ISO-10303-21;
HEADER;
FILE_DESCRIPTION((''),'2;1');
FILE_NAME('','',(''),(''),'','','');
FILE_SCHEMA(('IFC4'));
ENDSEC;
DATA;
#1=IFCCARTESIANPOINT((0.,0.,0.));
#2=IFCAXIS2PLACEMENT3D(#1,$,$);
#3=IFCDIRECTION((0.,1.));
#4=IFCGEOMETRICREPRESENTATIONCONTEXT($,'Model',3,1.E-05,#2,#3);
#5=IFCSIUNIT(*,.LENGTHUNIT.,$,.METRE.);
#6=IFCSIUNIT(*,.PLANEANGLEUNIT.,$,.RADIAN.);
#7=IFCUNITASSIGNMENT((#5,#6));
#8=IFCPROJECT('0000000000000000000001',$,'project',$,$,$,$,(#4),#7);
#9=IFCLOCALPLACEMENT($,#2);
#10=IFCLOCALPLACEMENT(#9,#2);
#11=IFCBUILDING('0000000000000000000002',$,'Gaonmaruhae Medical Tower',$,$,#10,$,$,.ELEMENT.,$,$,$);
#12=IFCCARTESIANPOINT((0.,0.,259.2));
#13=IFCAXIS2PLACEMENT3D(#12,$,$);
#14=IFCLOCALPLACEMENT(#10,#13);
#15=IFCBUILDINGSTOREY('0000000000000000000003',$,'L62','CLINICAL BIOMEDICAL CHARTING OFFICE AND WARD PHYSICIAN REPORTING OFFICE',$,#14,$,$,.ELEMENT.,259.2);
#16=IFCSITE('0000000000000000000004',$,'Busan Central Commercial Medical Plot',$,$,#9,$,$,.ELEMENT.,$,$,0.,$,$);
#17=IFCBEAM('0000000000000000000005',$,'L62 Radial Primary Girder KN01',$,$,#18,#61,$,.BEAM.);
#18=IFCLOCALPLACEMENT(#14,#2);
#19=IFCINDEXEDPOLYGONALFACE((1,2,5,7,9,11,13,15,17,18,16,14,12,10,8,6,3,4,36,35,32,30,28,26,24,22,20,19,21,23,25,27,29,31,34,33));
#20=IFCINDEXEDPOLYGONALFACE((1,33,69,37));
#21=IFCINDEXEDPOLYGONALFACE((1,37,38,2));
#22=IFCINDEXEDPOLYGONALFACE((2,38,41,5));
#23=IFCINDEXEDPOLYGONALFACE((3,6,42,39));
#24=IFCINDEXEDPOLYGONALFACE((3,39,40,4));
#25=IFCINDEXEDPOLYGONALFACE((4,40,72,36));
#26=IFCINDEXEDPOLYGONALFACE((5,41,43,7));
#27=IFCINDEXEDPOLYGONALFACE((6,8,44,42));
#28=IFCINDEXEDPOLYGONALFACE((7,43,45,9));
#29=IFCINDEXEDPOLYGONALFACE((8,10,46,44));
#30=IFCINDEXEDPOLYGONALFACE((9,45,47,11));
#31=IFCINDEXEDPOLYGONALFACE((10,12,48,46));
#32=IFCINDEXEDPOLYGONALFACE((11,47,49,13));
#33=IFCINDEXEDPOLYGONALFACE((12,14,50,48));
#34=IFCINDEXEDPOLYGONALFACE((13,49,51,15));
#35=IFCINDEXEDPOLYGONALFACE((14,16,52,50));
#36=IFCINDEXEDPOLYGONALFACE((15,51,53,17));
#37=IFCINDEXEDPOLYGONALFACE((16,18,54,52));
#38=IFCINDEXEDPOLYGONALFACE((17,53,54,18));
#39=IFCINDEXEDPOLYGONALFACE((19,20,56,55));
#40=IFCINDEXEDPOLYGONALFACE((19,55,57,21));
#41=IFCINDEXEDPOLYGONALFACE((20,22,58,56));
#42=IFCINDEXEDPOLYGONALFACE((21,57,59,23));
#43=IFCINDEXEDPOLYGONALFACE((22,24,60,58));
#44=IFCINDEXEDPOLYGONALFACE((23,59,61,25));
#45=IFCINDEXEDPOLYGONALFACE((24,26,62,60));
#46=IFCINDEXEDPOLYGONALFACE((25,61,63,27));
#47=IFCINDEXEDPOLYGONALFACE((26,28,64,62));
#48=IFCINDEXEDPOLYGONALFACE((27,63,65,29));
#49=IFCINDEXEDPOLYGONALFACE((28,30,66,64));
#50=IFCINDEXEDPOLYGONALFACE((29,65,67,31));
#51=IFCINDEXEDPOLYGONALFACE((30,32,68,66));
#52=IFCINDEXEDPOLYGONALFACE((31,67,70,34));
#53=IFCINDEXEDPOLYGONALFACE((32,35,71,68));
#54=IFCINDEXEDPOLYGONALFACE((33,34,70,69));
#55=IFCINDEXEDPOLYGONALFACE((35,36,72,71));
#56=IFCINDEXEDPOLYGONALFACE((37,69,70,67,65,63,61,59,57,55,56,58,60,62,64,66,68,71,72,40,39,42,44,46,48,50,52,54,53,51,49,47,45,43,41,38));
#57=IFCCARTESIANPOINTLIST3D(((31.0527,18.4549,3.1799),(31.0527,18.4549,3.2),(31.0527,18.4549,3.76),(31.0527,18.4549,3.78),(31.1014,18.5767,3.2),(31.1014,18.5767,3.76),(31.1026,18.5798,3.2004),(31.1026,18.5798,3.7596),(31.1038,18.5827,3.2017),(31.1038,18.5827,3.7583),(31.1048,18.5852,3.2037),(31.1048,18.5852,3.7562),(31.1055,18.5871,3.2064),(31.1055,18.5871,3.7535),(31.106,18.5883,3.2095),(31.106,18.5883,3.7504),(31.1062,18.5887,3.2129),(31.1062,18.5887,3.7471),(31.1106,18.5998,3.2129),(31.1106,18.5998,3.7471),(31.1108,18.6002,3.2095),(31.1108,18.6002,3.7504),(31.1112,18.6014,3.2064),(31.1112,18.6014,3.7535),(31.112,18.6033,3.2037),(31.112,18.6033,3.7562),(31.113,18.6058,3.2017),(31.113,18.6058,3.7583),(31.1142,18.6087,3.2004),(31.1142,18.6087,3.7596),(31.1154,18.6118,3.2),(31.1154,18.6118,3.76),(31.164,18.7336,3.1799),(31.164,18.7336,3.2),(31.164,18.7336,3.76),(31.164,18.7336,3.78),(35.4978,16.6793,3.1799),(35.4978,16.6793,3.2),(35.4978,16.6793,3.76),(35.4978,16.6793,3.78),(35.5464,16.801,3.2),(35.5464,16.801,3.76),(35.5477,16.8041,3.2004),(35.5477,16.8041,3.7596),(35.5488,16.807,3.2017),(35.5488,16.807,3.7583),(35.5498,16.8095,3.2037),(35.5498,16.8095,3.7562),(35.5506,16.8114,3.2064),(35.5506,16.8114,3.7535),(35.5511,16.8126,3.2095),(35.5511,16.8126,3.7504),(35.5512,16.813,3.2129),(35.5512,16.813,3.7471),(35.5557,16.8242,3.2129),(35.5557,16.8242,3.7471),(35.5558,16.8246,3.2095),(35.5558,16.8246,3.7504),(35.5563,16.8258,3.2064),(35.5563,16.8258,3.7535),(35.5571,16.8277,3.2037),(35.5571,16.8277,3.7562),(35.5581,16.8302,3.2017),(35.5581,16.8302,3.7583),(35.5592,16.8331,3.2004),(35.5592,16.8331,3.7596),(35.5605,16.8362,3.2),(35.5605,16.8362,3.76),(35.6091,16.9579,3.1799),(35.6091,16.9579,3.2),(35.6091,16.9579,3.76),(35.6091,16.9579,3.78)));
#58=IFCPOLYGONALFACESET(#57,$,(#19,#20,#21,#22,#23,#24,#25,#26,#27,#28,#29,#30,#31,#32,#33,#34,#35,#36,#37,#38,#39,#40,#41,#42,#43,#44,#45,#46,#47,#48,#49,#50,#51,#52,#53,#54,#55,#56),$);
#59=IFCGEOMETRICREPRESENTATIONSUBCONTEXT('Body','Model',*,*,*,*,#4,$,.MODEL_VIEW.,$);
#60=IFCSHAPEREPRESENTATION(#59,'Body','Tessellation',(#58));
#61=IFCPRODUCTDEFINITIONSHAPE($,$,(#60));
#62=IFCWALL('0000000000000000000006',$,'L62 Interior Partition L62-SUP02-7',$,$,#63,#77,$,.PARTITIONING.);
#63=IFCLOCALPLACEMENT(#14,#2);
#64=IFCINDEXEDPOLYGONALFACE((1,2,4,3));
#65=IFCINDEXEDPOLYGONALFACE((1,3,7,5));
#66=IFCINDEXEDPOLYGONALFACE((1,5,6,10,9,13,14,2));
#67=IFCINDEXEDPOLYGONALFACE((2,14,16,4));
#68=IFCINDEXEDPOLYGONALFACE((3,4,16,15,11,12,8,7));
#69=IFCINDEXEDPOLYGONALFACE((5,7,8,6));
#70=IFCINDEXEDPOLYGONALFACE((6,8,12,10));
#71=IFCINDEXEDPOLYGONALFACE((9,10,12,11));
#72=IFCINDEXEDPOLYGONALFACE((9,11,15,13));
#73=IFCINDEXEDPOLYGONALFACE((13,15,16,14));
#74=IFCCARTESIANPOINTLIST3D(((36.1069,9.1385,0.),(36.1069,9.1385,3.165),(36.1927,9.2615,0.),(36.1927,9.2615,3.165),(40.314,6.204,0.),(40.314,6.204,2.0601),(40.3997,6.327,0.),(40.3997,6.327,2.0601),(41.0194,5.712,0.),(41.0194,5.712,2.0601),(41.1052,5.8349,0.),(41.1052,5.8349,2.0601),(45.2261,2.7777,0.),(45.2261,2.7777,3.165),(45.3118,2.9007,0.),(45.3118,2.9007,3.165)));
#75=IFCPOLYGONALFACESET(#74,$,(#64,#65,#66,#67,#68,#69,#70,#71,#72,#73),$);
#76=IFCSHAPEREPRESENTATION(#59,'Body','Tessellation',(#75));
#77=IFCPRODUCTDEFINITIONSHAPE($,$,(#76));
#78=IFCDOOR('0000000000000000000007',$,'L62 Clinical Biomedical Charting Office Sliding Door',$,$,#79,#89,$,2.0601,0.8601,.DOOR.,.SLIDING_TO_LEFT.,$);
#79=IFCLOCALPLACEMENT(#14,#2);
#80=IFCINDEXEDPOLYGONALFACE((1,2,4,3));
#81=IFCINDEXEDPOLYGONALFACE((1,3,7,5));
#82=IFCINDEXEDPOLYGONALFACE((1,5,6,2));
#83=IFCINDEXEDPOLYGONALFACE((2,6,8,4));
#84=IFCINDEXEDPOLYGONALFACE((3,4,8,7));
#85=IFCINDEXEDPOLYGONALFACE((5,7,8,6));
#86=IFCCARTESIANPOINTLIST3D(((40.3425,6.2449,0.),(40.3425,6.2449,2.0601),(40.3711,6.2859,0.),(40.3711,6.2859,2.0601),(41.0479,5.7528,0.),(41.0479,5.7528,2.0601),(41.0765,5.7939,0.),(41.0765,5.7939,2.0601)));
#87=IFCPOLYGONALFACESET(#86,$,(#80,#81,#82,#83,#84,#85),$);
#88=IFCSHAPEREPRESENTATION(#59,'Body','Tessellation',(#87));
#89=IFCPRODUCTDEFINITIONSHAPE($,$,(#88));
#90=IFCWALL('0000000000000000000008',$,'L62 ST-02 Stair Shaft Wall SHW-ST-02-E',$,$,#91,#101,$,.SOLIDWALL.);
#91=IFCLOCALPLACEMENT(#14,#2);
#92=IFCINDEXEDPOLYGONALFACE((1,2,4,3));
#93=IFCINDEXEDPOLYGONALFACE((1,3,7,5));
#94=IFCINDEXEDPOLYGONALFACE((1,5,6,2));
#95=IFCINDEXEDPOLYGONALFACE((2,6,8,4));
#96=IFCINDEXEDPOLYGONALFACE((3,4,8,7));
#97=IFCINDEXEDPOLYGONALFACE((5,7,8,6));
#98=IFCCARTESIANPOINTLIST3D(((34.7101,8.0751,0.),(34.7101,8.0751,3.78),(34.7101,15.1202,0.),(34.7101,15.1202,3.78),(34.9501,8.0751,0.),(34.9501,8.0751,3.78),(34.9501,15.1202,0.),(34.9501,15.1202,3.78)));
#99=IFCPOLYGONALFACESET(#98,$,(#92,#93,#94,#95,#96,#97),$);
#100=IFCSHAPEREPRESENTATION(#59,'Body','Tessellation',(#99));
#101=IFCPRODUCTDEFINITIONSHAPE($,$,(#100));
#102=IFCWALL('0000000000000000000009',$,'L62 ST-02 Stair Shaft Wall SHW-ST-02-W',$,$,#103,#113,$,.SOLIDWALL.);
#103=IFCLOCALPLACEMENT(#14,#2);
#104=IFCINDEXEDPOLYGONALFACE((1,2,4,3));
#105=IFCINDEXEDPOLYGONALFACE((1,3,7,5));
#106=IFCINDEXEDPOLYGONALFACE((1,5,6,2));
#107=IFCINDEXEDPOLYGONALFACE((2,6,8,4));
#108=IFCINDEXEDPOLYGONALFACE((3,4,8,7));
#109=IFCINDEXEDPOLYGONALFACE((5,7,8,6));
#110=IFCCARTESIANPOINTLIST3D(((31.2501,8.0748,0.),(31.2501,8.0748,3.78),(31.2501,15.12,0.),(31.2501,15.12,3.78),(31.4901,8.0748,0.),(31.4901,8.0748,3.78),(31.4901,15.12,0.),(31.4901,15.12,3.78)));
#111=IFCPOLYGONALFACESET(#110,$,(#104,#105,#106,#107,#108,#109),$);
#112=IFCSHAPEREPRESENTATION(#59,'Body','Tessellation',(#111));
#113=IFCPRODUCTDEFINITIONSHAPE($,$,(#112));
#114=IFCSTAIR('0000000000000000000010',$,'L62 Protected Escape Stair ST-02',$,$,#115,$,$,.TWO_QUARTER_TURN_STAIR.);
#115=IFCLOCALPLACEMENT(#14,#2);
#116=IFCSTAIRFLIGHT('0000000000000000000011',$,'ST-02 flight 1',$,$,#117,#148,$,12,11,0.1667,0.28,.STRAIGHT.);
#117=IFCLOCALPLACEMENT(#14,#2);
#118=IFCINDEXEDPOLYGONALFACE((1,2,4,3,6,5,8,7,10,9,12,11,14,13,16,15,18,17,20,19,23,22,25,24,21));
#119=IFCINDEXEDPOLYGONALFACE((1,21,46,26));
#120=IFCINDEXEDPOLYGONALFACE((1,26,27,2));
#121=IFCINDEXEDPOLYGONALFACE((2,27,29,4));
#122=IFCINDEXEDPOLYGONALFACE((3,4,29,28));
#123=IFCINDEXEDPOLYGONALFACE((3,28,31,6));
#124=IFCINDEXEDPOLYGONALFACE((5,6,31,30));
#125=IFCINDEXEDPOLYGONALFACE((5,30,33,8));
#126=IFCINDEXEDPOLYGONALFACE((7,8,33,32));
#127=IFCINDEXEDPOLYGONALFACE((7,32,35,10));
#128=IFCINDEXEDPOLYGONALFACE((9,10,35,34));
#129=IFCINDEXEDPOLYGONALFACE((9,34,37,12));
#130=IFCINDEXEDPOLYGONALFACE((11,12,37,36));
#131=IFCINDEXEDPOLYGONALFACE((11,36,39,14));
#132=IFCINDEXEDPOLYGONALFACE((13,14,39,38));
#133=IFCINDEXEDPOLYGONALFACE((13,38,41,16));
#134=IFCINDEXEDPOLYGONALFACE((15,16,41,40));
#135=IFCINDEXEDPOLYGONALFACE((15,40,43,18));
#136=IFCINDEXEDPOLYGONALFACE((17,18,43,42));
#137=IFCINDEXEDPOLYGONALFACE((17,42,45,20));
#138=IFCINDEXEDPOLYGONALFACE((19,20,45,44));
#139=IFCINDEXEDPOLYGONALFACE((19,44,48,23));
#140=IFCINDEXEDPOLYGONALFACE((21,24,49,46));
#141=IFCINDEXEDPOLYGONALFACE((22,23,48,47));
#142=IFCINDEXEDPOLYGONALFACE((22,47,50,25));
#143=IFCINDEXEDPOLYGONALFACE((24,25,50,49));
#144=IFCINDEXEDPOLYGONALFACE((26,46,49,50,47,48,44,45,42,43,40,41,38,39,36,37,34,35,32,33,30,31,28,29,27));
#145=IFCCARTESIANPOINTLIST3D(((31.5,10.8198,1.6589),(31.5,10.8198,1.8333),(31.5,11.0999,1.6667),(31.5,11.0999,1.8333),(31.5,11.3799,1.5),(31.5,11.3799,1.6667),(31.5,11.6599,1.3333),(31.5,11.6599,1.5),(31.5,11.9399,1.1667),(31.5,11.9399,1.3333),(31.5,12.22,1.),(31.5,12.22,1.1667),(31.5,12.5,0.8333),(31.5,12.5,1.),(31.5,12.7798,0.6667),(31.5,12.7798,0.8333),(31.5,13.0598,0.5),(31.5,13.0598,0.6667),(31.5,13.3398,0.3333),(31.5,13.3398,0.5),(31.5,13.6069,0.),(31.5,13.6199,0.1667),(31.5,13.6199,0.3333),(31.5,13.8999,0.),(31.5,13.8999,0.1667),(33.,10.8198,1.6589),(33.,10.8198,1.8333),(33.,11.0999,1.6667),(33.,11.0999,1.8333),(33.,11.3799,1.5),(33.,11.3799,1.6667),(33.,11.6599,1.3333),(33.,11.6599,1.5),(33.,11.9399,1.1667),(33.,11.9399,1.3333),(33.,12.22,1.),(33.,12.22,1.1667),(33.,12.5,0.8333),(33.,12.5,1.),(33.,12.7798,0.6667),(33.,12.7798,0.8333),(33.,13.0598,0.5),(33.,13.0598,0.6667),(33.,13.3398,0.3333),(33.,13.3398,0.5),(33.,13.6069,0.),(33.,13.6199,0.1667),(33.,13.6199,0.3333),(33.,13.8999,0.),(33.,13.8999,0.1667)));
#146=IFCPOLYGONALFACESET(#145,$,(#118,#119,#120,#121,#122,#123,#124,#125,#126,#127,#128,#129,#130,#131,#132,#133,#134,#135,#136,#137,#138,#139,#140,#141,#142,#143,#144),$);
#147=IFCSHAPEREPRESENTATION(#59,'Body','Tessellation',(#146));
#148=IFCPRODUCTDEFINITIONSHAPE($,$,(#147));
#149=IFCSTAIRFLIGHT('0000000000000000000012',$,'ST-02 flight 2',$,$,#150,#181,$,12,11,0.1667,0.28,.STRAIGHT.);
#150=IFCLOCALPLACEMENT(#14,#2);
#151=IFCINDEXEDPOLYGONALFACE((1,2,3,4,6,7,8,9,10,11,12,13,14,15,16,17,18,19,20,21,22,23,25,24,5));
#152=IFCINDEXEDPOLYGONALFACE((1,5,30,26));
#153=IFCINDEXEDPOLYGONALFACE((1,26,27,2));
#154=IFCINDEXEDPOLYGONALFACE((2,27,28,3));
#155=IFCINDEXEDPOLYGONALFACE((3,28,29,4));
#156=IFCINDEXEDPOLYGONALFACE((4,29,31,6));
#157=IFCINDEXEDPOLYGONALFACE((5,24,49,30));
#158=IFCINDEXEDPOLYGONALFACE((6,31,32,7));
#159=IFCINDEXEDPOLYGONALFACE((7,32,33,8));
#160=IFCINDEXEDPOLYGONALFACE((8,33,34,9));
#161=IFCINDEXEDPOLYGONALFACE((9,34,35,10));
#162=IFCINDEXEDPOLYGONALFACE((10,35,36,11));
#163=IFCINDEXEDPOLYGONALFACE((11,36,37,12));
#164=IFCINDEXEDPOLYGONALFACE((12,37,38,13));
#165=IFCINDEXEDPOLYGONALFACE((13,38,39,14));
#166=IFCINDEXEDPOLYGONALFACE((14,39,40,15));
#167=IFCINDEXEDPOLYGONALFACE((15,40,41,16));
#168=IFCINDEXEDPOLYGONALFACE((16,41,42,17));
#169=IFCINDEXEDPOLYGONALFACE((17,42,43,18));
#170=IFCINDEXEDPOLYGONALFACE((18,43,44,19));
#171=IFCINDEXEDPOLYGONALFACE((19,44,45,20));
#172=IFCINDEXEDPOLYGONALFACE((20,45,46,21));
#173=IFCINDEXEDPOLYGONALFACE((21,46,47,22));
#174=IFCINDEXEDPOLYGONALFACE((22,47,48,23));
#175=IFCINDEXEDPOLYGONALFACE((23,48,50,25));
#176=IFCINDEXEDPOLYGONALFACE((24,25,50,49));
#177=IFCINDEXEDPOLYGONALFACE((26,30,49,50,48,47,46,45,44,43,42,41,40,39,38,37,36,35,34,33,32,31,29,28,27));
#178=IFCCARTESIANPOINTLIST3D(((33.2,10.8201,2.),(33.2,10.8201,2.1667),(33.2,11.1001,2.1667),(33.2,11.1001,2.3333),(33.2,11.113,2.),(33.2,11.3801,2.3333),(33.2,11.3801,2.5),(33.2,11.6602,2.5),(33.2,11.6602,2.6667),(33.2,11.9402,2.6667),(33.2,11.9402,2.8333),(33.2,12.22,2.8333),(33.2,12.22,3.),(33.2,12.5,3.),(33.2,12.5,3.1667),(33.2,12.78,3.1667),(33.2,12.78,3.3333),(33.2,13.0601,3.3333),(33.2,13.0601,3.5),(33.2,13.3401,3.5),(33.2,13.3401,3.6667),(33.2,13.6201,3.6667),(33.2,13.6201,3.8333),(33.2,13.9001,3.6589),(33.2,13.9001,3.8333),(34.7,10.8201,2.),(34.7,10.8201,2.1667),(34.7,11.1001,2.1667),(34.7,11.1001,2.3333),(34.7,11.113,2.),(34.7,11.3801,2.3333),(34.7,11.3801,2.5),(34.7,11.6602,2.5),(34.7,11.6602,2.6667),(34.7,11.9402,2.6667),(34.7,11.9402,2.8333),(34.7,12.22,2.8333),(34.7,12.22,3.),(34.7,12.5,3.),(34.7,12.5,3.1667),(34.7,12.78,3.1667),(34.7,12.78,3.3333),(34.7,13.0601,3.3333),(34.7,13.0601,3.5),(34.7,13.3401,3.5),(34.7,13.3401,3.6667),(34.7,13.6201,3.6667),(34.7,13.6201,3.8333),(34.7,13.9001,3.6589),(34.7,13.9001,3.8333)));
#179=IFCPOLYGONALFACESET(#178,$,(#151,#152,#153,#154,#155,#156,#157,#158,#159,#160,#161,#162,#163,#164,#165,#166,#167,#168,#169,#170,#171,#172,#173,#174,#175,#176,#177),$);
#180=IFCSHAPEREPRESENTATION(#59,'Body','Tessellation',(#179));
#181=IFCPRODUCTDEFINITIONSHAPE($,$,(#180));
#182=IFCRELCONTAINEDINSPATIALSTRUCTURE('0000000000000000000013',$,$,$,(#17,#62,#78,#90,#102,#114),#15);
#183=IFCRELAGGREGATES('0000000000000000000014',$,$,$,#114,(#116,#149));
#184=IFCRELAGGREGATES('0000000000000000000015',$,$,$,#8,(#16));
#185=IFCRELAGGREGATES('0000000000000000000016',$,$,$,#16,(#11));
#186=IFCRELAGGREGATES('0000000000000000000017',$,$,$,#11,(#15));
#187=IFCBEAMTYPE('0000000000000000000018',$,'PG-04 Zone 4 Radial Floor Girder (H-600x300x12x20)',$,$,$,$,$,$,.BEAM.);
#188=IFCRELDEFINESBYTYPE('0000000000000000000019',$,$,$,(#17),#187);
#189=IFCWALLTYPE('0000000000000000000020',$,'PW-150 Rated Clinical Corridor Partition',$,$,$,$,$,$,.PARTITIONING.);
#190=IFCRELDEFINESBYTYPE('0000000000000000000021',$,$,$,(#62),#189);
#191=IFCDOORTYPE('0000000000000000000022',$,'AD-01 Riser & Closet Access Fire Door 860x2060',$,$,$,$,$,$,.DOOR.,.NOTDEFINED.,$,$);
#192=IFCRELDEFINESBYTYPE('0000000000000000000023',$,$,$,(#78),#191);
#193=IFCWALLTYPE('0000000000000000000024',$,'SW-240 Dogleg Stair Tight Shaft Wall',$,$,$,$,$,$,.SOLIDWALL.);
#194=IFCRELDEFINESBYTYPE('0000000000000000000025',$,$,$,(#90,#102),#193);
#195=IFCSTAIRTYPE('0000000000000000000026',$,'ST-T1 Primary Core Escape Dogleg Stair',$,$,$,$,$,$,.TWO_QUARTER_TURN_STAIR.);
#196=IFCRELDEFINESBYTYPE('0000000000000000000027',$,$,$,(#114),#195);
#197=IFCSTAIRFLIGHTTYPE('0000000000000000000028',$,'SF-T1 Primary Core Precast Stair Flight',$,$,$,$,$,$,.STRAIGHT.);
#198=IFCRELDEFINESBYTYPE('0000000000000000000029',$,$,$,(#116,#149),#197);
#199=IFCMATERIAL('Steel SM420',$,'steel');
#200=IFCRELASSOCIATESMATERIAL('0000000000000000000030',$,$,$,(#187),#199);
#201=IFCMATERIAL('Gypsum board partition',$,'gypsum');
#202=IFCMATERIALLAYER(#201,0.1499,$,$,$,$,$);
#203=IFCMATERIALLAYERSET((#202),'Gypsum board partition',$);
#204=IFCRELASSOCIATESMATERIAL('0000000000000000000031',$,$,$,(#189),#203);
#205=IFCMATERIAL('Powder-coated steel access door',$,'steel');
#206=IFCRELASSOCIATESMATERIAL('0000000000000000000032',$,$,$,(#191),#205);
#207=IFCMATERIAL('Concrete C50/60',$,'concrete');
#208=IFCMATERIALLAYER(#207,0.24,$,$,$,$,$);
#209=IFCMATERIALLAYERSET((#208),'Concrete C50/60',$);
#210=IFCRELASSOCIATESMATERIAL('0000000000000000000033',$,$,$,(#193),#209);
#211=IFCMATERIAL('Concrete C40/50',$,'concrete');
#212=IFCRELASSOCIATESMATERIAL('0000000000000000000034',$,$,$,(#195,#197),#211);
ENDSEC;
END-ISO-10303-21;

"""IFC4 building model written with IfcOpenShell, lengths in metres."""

from ifc_helpers import new_model, si_unit, direction, frame, frame_2d, origin, origin_2d, place, context, subcontext, project, spatial, polyline, rectangle, i_section, outline, extrude, material, layer, layer_set, material_profile, profile_set, type_object, element, fill, aggregate, save


model = new_model("IFC4")

# Units and contexts
model_context = context("Model", 3, precision=1e-05, world=origin(), true_north=direction((0.0, 1.0)))
body_context = subcontext(model_context, "Body", "Model", "MODEL_VIEW")
ifc_project = project(units=[si_unit("LENGTHUNIT", "METRE"), si_unit("PLANEANGLEUNIT", "RADIAN")], contexts=[model_context])

# Site, building, storey
site_placement = place(None, origin())
site = spatial("IfcSite", under=ifc_project, at=site_placement, Name="Busan Central Commercial Medical Plot", CompositionType="ELEMENT", RefElevation=0.0)
building_placement = place(site_placement, origin())
building = spatial("IfcBuilding", under=site, at=building_placement, Name="Gaonmaruhae Medical Tower", CompositionType="ELEMENT")
storey_placement = place(building_placement, frame((0.0, 0.0, 259.2)))
storey = spatial("IfcBuildingStorey", under=building, at=storey_placement, Name="L62", Description="CLINICAL BIOMEDICAL CHARTING OFFICE AND WARD PHYSICIAN REPORTING OFFICE", CompositionType="ELEMENT", Elevation=259.2)

# Shared definitions
ifc_material_1 = material(Name="Concrete C50/60", Category="concrete")

# Beam
ifc_material_2 = material(Name="Steel SM420", Category="steel")
ifc_material_profile_1 = material_profile(ifc_material_2, i_section(OverallWidth=0.3, OverallDepth=0.6001, WebThickness=0.012, FlangeThickness=0.02, FilletRadius=0.0129, at=origin_2d()), Name="H-600x300x12x20")
ifc_profile_set_1 = profile_set([ifc_material_profile_1], Name="Steel SM420")
beam_type = type_object("IfcBeamType", Name="PG-04 Zone 4 Radial Floor Girder (H-600x300x12x20)", PredefinedType="BEAM", material=ifc_profile_set_1)
beam_1_placement = place(storey_placement, frame((35.5535, 16.8186, 3.48), z_axis=(-0.928649, 0.37096, 0.0), x_axis=(-0.37096, -0.928649, 0.0)))
element("IfcBeam", 1, at=beam_1_placement, inside=storey, type_object=beam_type, Name="L62 Radial Primary Girder KN01", PredefinedType="BEAM", context=body_context, shape_type="SweptSolid", body=[
    extrude(i_section(OverallWidth=0.3, OverallDepth=0.6001, WebThickness=0.012, FlangeThickness=0.02, FilletRadius=0.0129, at=origin_2d()), origin(), (0.0, 0.0, 1.0), 4.7866),
])

# Wall, opening, door
ifc_material_3 = material(Name="Gypsum board partition", Category="gypsum")
ifc_layer_1 = layer(ifc_material_3, 0.1499)
ifc_layer_set_1 = layer_set([ifc_layer_1], Name="Gypsum board partition")
wall_type_1 = type_object("IfcWallType", Name="PW-150 Rated Clinical Corridor Partition", PredefinedType="PARTITIONING", material=ifc_layer_set_1)
wall_1_placement = place(storey_placement, frame((36.1499, 9.2, 0.0), z_axis=(0.0, 0.0, 1.0), x_axis=(0.820184, -0.5721, 0.0)))
wall_1 = element("IfcWall", 2, at=wall_1_placement, inside=storey, type_object=wall_type_1, Name="L62 Interior Partition L62-SUP02-7", PredefinedType="PARTITIONING", context=body_context, shape_type="SweptSolid", body=[
    extrude(rectangle(XDim=11.1184, YDim=0.1499, at=frame_2d((5.5591, 0.0))), origin(), (0.0, 0.0, 1.0), 3.165),
])
opening_1_placement = place(wall_1_placement, frame((5.1292, 0.0, 0.0)))
opening_1 = element("IfcOpeningElement", 3, at=opening_1_placement, cuts=wall_1, PredefinedType="OPENING", context=body_context, shape_type="SweptSolid", body=[
    extrude(rectangle(XDim=0.8601, YDim=2.0601, at=frame_2d((0.4302, 1.03))), frame((0.0, 0.085, 0.0), z_axis=(0.0, -1.0, 0.0), x_axis=(1.0, 0.0, 0.0)), (0.0, 0.0, 1.0), 0.1699),
])
ifc_material_4 = material(Name="Powder-coated steel access door", Category="steel")
door_type_1 = type_object("IfcDoorType", Name="AD-01 Riser & Closet Access Fire Door 860x2060", OperationType="NOTDEFINED", PredefinedType="DOOR", material=ifc_material_4)
door_1_placement = place(opening_1_placement, origin())
door_1 = element("IfcDoor", 4, at=door_1_placement, inside=storey, type_object=door_type_1, Name="L62 Clinical Biomedical Charting Office Sliding Door", OperationType="SLIDING_TO_LEFT", OverallHeight=2.0601, OverallWidth=0.8601, PredefinedType="DOOR", context=body_context, shape_type="SweptSolid", body=[
    extrude(rectangle(XDim=0.8601, YDim=2.0601, at=frame_2d((0.4302, 1.03))), frame((0.0, 0.0249, 0.0), z_axis=(0.0, -1.0, 0.0), x_axis=(1.0, 0.0, 0.0)), (0.0, 0.0, 1.0), 0.05),
])
fill(opening_1, door_1)
ifc_layer_2 = layer(ifc_material_1, 0.24)
ifc_layer_set_2 = layer_set([ifc_layer_2], Name="Concrete C50/60")
wall_type_2 = type_object("IfcWallType", Name="SW-240 Dogleg Stair Tight Shaft Wall", PredefinedType="SOLIDWALL", material=ifc_layer_set_2)

# Walls
for number, where, z_axis, x_axis, name in (
    (5, (34.8301, 15.1201, 0.0), (0.0, 0.0, 1.0), (0.0, -1.0, 0.0), "L62 ST-02 Stair Shaft Wall SHW-ST-02-E"),
    (6, (31.3701, 8.075, 0.0), (0.0, 0.0, 1.0), (0.0, 1.0, 0.0), "L62 ST-02 Stair Shaft Wall SHW-ST-02-W"),
):
    element("IfcWall", number, at=place(storey_placement, frame(where, z_axis=z_axis, x_axis=x_axis)), inside=storey, type_object=wall_type_2, Name=name, PredefinedType="SOLIDWALL", context=body_context, shape_type="SweptSolid", body=[
        extrude(rectangle(XDim=7.0452, YDim=0.24, at=frame_2d((3.5225, 0.0))), origin(), (0.0, 0.0, 1.0), 3.78),
    ])

# Stair, stair flights
ifc_material_5 = material(Name="Concrete C40/50", Category="concrete")
stair_type = type_object("IfcStairType", Name="ST-T1 Primary Core Escape Dogleg Stair", PredefinedType="TWO_QUARTER_TURN_STAIR", material=ifc_material_5)
stair_placement = place(storey_placement, origin())
stair = element("IfcStair", 7, at=stair_placement, inside=storey, type_object=stair_type, Name="L62 Protected Escape Stair ST-02", PredefinedType="TWO_QUARTER_TURN_STAIR")
stair_flight_type = type_object("IfcStairFlightType", Name="SF-T1 Primary Core Precast Stair Flight", PredefinedType="STRAIGHT", material=ifc_material_5)
stair_flight_1_placement = place(storey_placement, frame((32.25, 13.8999, 0.0), z_axis=(0.0, 0.0, 1.0), x_axis=(0.0, -1.0, 0.0)))
stair_flight_1 = element("IfcStairFlight", 8, at=stair_flight_1_placement, type_object=stair_flight_type, Name="ST-02 flight 1", NumberOfRisers=12, NumberOfTreads=11, PredefinedType="STRAIGHT", RiserHeight=0.1667, TreadLength=0.28, context=body_context, shape_type="SweptSolid", body=[
    extrude(outline(polyline([(0.0, 0.0), (0.0, 0.1667), (0.28, 0.1667), (0.28, 0.3333), (0.5601, 0.3333), (0.5601, 0.5), (0.8401, 0.5), (0.8401, 0.6667), (1.1201, 0.6667), (1.1201, 0.8333), (1.3999, 0.8333), (1.3999, 1.0), (1.6799, 1.0), (1.6799, 1.1667), (1.96, 1.1667), (1.96, 1.3333), (2.24, 1.3333), (2.24, 1.5), (2.52, 1.5), (2.52, 1.6667), (2.8, 1.6667), (2.8, 1.8333), (3.0801, 1.8333), (3.0801, 2.0), (3.0801, 1.6589), (0.293, 0.0), (0.0, 0.0)])), frame((0.0, 0.75, 0.0), z_axis=(0.0, -1.0, 0.0), x_axis=(1.0, 0.0, 0.0)), (0.0, 0.0, 1.0), 1.5),
])
stair_flight_2_placement = place(storey_placement, frame((33.95, 10.8201, 2.0), z_axis=(0.0, 0.0, 1.0), x_axis=(0.0, 1.0, 0.0)))
stair_flight_2 = element("IfcStairFlight", 9, at=stair_flight_2_placement, type_object=stair_flight_type, Name="ST-02 flight 2", NumberOfRisers=12, NumberOfTreads=11, PredefinedType="STRAIGHT", RiserHeight=0.1667, TreadLength=0.28, context=body_context, shape_type="SweptSolid", body=[
    extrude(outline(polyline([(0.0, 0.0), (0.0, 0.1667), (0.28, 0.1667), (0.28, 0.3333), (0.5601, 0.3333), (0.5601, 0.5), (0.8401, 0.5), (0.8401, 0.6667), (1.1201, 0.6667), (1.1201, 0.8333), (1.3999, 0.8333), (1.3999, 1.0), (1.6799, 1.0), (1.6799, 1.1667), (1.96, 1.1667), (1.96, 1.3333), (2.24, 1.3333), (2.24, 1.5), (2.52, 1.5), (2.52, 1.6667), (2.8, 1.6667), (2.8, 1.8333), (3.0801, 1.8333), (3.0801, 2.0), (3.0801, 1.6589), (0.293, 0.0), (0.0, 0.0)])), frame((0.0, 0.75, 0.0), z_axis=(0.0, -1.0, 0.0), x_axis=(1.0, 0.0, 0.0)), (0.0, 0.0, 1.0), 1.5),
])
aggregate(stair, [stair_flight_1, stair_flight_2])

save(model, "model.ifc")
